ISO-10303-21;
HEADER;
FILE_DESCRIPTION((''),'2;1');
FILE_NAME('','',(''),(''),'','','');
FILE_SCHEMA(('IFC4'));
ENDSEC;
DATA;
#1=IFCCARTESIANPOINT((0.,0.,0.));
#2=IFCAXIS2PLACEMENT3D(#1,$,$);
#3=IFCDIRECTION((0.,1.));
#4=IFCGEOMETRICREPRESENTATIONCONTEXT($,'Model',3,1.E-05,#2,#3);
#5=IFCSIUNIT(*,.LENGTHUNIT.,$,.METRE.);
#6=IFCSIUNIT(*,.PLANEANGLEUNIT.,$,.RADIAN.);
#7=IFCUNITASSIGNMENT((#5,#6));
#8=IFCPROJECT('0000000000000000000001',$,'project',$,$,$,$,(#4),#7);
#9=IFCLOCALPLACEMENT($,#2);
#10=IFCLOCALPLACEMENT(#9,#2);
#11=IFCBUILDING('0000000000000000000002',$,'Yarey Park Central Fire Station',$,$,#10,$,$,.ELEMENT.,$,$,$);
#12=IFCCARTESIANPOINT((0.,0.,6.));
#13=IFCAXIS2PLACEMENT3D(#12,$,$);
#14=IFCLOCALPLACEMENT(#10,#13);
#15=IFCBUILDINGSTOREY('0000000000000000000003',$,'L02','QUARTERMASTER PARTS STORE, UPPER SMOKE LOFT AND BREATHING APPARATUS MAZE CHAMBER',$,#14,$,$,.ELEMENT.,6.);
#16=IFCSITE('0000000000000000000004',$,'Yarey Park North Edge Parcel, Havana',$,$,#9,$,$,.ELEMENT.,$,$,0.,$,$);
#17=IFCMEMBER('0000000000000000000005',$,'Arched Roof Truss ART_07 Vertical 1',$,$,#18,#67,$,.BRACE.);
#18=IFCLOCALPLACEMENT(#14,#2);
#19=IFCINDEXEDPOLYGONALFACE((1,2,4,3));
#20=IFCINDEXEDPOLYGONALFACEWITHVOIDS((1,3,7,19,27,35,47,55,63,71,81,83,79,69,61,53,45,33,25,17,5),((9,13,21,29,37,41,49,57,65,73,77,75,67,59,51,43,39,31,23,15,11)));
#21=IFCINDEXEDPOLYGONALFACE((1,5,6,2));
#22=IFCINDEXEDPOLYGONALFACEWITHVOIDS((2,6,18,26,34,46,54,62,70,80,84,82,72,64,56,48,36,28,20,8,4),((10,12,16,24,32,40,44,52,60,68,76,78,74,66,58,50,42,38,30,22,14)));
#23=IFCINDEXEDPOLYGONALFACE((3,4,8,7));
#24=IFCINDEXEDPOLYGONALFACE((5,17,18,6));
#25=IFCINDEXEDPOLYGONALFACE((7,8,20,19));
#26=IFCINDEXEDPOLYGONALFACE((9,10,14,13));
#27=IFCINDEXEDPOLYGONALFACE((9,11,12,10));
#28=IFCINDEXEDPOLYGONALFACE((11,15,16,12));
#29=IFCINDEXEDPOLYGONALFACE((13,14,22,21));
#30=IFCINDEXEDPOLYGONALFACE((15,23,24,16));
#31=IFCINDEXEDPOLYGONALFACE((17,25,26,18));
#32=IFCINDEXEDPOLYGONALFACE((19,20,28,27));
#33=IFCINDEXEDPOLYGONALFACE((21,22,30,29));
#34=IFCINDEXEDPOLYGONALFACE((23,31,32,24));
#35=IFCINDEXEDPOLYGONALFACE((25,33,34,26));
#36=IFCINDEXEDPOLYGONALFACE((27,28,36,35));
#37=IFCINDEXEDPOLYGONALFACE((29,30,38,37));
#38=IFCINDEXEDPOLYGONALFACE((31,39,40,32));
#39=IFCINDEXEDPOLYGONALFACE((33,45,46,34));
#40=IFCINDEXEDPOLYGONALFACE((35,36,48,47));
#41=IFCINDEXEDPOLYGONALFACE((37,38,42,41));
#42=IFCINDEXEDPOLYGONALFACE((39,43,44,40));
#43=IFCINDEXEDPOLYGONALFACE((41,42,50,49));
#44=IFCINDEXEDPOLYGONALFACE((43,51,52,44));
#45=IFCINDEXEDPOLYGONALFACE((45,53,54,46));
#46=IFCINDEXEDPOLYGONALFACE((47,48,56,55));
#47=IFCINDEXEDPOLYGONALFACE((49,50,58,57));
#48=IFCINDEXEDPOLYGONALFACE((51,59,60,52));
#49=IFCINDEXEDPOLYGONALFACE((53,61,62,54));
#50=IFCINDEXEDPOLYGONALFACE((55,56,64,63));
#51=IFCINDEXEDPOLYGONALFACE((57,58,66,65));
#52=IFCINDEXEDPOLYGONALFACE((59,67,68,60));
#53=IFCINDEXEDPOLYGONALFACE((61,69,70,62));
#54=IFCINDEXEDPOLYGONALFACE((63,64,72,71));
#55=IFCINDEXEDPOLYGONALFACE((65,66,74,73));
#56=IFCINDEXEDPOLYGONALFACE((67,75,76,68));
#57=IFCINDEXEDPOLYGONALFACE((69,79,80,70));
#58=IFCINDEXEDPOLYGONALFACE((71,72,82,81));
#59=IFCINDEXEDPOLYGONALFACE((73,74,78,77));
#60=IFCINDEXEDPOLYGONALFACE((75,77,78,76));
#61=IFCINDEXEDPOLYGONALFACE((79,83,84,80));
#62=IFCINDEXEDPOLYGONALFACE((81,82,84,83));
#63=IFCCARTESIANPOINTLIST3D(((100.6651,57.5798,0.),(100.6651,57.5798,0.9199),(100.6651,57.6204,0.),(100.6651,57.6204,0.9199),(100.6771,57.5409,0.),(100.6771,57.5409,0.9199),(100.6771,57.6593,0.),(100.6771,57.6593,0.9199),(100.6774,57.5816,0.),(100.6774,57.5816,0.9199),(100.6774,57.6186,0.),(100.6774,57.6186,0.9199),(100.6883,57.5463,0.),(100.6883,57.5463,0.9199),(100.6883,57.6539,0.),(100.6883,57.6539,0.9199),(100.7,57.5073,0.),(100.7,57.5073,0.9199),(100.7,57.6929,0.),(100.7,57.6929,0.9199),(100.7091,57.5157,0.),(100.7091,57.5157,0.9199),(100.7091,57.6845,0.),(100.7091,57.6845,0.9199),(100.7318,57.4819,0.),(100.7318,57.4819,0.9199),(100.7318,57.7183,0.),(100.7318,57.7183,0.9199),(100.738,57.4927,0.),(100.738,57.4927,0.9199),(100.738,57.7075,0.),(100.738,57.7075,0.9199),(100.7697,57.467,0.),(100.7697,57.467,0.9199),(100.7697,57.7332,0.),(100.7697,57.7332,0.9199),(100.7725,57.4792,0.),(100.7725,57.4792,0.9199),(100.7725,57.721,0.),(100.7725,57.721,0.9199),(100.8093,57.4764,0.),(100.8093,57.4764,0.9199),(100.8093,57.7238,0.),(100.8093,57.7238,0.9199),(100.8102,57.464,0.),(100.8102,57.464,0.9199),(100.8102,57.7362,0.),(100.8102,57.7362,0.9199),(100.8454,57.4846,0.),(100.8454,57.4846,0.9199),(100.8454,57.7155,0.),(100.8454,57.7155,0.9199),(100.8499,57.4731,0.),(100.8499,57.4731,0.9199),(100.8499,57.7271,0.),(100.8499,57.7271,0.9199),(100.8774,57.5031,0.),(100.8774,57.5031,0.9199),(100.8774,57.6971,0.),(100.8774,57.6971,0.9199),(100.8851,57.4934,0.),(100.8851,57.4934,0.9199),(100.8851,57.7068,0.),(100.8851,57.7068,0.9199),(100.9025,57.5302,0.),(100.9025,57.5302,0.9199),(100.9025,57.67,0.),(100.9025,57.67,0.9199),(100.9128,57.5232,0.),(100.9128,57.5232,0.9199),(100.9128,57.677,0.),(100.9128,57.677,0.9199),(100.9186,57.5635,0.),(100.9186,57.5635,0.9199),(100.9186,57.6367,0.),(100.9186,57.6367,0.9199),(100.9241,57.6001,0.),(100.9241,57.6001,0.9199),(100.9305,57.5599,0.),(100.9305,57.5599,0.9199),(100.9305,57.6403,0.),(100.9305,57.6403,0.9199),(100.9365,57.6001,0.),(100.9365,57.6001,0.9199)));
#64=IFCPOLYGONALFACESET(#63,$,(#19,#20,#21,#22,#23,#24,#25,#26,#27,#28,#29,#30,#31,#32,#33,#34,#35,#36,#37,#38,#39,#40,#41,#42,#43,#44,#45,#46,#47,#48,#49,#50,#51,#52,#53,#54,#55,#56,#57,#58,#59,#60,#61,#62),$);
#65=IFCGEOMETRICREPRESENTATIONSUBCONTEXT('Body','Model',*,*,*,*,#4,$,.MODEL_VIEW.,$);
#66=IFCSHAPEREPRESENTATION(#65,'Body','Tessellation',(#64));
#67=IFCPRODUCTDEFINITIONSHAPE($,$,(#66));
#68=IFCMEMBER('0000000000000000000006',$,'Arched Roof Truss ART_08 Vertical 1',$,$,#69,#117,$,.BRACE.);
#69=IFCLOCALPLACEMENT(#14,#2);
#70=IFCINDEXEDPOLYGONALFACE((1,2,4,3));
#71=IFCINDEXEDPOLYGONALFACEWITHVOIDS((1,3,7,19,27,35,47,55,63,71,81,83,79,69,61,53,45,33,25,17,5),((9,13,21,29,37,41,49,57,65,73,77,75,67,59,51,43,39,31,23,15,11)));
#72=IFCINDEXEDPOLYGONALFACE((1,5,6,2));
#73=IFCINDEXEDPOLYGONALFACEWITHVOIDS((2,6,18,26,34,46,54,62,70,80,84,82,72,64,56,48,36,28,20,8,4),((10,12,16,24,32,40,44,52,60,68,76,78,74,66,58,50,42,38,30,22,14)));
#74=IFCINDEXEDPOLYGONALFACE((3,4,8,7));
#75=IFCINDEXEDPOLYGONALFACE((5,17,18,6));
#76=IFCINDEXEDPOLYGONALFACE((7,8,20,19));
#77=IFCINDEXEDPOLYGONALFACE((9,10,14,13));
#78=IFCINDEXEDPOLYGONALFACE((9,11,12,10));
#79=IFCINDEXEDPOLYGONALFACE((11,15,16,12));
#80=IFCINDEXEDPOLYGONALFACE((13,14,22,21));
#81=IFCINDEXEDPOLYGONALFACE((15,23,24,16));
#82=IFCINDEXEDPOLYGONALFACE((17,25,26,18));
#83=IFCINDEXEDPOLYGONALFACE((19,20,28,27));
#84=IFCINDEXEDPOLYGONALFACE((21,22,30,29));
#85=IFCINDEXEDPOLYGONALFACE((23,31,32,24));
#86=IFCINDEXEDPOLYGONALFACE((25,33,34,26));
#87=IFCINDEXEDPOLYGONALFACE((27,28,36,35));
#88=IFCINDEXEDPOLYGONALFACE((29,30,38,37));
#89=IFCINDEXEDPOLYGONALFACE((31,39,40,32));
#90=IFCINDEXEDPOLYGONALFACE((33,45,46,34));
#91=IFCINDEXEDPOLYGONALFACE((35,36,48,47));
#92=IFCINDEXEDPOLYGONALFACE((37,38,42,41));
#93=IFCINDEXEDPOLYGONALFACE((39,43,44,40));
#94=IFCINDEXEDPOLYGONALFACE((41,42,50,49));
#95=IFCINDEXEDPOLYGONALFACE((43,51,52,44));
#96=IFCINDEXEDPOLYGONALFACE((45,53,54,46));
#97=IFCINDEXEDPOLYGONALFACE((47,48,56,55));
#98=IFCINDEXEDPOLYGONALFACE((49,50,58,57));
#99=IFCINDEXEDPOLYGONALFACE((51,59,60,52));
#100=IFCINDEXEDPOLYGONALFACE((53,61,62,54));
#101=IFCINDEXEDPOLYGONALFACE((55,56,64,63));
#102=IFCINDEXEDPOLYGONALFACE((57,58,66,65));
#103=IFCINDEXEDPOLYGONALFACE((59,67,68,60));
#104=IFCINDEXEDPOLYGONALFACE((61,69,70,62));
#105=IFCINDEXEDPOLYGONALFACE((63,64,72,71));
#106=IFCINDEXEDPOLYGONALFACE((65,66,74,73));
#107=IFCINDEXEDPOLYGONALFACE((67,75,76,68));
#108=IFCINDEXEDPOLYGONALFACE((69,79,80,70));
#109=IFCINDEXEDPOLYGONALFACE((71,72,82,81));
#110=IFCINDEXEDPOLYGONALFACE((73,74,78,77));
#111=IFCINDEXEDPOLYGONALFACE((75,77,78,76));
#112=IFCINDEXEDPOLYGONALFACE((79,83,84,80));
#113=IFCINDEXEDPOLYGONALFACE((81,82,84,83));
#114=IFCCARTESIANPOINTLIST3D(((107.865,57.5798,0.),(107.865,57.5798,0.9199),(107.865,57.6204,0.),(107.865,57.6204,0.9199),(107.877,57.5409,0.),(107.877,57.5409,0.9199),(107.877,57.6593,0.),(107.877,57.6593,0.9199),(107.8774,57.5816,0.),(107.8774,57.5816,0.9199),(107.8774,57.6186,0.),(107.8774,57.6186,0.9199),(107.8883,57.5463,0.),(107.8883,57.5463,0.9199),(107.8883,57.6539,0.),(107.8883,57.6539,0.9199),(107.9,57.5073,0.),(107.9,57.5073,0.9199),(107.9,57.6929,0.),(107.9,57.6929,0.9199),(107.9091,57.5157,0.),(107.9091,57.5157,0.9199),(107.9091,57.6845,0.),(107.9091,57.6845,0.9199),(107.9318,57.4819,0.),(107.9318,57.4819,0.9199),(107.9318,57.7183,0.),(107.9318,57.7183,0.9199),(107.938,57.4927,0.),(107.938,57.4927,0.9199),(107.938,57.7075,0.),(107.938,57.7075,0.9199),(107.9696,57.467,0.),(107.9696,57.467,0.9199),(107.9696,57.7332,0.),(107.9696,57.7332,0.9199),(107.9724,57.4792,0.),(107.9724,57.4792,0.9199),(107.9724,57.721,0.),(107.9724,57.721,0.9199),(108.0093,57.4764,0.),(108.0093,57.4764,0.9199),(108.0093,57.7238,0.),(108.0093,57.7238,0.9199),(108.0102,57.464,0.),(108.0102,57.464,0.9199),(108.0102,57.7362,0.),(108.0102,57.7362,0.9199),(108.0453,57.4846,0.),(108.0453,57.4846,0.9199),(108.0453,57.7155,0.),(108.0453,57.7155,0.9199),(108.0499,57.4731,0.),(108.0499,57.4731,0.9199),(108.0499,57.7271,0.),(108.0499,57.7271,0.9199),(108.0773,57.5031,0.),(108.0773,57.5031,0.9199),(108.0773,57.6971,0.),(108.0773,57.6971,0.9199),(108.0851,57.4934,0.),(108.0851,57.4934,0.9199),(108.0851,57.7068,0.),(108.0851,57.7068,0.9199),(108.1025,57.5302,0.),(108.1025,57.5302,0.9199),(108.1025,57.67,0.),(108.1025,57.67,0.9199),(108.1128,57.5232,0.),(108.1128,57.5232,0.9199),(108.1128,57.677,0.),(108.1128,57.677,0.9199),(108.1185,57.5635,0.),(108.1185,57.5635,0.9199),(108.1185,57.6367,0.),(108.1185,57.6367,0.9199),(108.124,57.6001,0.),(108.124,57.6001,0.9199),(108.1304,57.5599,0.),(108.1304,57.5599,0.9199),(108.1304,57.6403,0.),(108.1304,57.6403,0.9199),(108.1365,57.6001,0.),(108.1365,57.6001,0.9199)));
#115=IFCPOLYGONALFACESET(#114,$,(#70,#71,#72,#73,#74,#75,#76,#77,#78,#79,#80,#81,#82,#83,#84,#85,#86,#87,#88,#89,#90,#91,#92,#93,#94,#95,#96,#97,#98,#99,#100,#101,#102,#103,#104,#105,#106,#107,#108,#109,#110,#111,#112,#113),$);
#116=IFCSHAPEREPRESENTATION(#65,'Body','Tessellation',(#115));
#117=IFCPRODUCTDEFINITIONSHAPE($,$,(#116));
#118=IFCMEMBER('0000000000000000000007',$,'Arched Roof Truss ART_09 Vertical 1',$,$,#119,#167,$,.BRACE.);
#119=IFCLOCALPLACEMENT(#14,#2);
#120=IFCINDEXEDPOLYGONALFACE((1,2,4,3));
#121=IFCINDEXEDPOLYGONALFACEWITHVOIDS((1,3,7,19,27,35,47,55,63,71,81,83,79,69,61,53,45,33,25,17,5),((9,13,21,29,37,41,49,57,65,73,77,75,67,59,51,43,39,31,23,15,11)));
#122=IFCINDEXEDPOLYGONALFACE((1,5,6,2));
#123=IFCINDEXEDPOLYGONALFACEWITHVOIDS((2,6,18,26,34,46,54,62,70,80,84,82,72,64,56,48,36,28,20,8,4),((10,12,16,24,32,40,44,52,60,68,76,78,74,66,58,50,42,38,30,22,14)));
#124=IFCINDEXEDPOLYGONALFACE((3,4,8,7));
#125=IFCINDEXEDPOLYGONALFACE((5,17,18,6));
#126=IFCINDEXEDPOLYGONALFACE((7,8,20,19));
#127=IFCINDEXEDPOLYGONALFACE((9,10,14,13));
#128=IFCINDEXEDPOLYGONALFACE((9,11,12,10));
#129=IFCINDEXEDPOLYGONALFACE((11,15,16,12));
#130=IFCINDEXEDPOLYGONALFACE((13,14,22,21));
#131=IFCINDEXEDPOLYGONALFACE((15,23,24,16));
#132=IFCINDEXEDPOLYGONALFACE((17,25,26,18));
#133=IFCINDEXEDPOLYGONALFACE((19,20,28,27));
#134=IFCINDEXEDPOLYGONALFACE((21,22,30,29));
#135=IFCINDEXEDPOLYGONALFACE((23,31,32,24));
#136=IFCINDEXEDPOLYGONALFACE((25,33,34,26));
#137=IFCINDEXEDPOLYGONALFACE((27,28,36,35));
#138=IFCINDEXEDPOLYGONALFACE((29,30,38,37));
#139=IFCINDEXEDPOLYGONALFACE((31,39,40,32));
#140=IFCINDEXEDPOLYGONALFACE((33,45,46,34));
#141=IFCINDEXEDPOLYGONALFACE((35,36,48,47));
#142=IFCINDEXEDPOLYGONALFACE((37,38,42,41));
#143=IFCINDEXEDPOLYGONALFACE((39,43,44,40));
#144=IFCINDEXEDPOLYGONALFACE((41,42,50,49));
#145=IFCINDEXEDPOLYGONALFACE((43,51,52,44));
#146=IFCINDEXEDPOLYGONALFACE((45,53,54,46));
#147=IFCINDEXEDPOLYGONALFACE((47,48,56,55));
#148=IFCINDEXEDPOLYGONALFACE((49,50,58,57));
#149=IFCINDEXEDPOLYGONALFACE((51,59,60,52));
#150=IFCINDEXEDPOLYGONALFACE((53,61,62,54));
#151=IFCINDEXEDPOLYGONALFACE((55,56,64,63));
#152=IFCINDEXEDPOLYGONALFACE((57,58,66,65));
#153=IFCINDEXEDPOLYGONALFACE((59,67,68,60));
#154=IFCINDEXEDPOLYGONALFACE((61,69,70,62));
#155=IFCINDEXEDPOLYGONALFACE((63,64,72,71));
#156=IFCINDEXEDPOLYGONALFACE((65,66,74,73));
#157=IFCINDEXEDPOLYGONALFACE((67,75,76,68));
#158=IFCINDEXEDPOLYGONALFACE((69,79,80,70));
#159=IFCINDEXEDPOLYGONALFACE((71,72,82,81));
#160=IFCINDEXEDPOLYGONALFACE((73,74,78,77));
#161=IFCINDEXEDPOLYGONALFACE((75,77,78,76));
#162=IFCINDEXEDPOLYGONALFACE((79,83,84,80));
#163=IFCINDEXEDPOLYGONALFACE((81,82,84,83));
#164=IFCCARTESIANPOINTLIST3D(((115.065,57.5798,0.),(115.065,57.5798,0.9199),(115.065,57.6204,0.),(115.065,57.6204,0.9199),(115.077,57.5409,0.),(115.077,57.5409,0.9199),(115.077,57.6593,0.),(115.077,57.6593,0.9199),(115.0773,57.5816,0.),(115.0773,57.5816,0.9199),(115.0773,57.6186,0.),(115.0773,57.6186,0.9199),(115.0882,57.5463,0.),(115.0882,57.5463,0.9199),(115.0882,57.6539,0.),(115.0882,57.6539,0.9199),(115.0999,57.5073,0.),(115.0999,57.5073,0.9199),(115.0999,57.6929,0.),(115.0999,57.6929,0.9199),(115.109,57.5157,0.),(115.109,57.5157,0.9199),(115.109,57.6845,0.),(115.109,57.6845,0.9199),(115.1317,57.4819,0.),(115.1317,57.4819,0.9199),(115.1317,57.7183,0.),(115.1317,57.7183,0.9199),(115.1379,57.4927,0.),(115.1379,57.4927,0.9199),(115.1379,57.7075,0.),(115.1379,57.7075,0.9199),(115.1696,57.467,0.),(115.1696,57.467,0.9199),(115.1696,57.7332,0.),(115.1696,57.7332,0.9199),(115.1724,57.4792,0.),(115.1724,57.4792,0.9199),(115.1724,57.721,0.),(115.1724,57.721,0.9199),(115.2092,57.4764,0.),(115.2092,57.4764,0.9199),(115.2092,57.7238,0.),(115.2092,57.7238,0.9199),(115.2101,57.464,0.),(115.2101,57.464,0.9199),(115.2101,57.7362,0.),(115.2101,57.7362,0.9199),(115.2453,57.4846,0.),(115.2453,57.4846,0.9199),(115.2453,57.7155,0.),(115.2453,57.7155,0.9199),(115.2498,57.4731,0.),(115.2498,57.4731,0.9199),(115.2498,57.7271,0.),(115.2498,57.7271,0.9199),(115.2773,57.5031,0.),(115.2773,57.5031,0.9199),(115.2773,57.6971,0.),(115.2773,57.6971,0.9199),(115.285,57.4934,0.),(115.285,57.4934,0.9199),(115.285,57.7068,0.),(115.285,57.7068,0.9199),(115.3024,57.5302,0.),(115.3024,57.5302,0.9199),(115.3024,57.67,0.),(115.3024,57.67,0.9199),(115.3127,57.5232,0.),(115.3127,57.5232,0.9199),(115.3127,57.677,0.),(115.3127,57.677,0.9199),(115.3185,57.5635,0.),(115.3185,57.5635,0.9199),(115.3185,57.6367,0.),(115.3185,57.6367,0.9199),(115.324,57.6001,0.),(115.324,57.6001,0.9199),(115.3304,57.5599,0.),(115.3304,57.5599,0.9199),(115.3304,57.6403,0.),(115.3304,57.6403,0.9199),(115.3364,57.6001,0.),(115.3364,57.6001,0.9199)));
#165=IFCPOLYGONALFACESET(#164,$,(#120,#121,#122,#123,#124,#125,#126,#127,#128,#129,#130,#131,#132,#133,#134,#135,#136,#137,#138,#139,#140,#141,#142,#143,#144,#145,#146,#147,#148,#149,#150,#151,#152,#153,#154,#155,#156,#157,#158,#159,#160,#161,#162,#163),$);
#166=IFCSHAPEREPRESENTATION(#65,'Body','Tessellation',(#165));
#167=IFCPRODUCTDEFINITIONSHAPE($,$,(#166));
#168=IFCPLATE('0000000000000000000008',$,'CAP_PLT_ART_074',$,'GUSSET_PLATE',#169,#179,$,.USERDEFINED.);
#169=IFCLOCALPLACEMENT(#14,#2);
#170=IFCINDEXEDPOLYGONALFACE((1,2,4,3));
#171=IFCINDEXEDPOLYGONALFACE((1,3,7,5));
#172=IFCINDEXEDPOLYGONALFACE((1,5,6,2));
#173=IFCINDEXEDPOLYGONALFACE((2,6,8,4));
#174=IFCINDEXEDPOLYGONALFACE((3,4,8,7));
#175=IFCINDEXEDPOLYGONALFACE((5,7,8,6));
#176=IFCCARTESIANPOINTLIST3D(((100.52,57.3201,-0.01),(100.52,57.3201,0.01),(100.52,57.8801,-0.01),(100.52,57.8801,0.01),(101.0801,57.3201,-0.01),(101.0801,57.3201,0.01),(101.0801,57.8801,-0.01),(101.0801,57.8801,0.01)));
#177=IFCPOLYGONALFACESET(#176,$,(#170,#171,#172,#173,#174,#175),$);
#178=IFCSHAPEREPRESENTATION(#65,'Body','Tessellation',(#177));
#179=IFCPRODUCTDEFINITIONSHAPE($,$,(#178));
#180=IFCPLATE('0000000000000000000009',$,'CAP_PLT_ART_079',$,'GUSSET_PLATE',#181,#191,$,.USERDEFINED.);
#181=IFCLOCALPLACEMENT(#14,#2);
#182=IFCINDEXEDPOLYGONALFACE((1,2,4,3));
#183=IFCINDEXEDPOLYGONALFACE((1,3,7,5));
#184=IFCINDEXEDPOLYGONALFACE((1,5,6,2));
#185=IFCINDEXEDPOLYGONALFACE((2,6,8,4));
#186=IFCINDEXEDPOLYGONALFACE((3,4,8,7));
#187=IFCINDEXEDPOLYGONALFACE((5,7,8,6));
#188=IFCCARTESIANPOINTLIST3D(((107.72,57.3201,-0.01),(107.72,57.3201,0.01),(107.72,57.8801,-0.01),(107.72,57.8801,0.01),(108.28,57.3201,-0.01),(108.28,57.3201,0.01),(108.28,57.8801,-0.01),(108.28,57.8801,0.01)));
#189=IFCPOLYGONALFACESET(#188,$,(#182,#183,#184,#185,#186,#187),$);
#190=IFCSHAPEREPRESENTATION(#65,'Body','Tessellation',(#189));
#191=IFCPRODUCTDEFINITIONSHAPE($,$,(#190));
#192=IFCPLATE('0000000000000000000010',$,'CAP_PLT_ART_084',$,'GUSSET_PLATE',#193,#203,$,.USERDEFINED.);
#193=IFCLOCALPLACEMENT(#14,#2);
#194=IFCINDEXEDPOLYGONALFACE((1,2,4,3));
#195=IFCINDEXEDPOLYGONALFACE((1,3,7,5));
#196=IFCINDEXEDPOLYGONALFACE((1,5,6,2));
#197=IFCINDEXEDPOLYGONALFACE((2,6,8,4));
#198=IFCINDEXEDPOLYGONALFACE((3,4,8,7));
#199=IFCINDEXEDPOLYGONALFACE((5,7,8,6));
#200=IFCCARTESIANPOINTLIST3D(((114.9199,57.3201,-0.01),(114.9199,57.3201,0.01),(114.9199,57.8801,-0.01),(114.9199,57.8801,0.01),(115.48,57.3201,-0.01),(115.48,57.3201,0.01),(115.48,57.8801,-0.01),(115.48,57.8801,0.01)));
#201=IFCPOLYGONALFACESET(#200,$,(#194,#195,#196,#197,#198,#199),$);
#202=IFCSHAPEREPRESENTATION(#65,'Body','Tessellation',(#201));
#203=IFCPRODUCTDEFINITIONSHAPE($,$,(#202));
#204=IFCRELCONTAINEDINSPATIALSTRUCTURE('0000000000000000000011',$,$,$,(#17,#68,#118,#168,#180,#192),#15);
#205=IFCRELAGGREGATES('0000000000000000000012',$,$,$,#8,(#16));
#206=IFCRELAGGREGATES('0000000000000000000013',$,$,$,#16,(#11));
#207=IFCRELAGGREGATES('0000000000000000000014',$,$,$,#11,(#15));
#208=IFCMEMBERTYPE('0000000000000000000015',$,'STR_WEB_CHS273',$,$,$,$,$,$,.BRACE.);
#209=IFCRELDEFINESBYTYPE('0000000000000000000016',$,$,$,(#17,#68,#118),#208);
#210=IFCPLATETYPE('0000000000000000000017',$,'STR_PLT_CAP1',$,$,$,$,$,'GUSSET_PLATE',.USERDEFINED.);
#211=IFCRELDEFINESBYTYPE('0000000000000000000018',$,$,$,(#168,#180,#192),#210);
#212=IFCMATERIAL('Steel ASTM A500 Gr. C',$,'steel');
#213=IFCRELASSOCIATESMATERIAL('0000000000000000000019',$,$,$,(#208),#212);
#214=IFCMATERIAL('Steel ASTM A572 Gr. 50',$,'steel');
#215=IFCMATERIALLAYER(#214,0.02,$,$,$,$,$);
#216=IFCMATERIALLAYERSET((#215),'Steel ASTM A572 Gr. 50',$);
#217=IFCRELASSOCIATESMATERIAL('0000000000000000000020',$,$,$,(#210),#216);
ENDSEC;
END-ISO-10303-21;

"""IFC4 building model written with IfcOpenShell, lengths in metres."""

from ifc_helpers import new_model, si_unit, direction, frame, origin, origin_2d, place, context, subcontext, project, spatial, rectangle, hollow_circle, extrude, material, layer, layer_set, material_profile, profile_set, type_object, element, save


model = new_model("IFC4")

# Units and contexts
model_context = context("Model", 3, precision=1e-05, world=origin(), true_north=direction((0.0, 1.0)))
body_context = subcontext(model_context, "Body", "Model", "MODEL_VIEW")
ifc_project = project(units=[si_unit("LENGTHUNIT", "METRE"), si_unit("PLANEANGLEUNIT", "RADIAN")], contexts=[model_context])

# Site, building, storey
site_placement = place(None, origin())
site = spatial("IfcSite", under=ifc_project, at=site_placement, Name="Yarey Park North Edge Parcel, Havana", CompositionType="ELEMENT", RefElevation=0.0)
building_placement = place(site_placement, origin())
building = spatial("IfcBuilding", under=site, at=building_placement, Name="Yarey Park Central Fire Station", CompositionType="ELEMENT")
storey_placement = place(building_placement, frame((0.0, 0.0, 6.0)))
storey = spatial("IfcBuildingStorey", under=building, at=storey_placement, Name="L02", Description="QUARTERMASTER PARTS STORE, UPPER SMOKE LOFT AND BREATHING APPARATUS MAZE CHAMBER", CompositionType="ELEMENT", Elevation=6.0)

# Members
ifc_material_1 = material(Name="Steel ASTM A500 Gr. C", Category="steel")
ifc_material_profile_1 = material_profile(ifc_material_1, hollow_circle(Radius=0.1365, WallThickness=0.0125, at=origin_2d()), Name="CHS 273x12.5")
ifc_profile_set_1 = profile_set([ifc_material_profile_1], Name="Steel ASTM A500 Gr. C")
member_type_1 = type_object("IfcMemberType", Name="STR_WEB_CHS273", PredefinedType="BRACE", material=ifc_profile_set_1)
for number, where, z_axis, x_axis, name in (
    (1, (100.8, 57.6001, 0.0), (0.0, 0.0, 1.0), (1.0, 0.0, 0.0), "Arched Roof Truss ART_07 Vertical 1"),
    (2, (108.0, 57.6001, 0.0), (0.0, 0.0, 1.0), (1.0, 0.0, 0.0), "Arched Roof Truss ART_08 Vertical 1"),
    (3, (115.2, 57.6001, 0.0), (0.0, 0.0, 1.0), (1.0, 0.0, 0.0), "Arched Roof Truss ART_09 Vertical 1"),
):
    element("IfcMember", number, at=place(storey_placement, frame(where, z_axis=z_axis, x_axis=x_axis)), inside=storey, type_object=member_type_1, Name=name, PredefinedType="BRACE", context=body_context, shape_type="SweptSolid", body=[
        extrude(hollow_circle(Radius=0.1365, WallThickness=0.0125, at=origin_2d()), origin(), (0.0, 0.0, 1.0), 0.9199),
    ])

# Plates
ifc_material_2 = material(Name="Steel ASTM A572 Gr. 50", Category="steel")
ifc_layer_1 = layer(ifc_material_2, 0.02)
ifc_layer_set_1 = layer_set([ifc_layer_1], Name="Steel ASTM A572 Gr. 50")
plate_type_1 = type_object("IfcPlateType", Name="STR_PLT_CAP1", ElementType="GUSSET_PLATE", PredefinedType="USERDEFINED", material=ifc_layer_set_1)
for number, where, z_axis, x_axis, name in (
    (4, (100.8, 57.6001, -0.01), (0.0, 0.0, 1.0), (1.0, 0.0, 0.0), "CAP_PLT_ART_074"),
    (5, (108.0, 57.6001, -0.01), (0.0, 0.0, 1.0), (1.0, 0.0, 0.0), "CAP_PLT_ART_079"),
    (6, (115.2, 57.6001, -0.01), (0.0, 0.0, 1.0), (1.0, 0.0, 0.0), "CAP_PLT_ART_084"),
):
    element("IfcPlate", number, at=place(storey_placement, frame(where, z_axis=z_axis, x_axis=x_axis)), inside=storey, type_object=plate_type_1, Name=name, ObjectType="GUSSET_PLATE", PredefinedType="USERDEFINED", context=body_context, shape_type="SweptSolid", body=[
        extrude(rectangle(XDim=0.5601, YDim=0.5601, at=origin_2d()), origin(), (0.0, 0.0, 1.0), 0.02),
    ])

save(model, "model.ifc")
